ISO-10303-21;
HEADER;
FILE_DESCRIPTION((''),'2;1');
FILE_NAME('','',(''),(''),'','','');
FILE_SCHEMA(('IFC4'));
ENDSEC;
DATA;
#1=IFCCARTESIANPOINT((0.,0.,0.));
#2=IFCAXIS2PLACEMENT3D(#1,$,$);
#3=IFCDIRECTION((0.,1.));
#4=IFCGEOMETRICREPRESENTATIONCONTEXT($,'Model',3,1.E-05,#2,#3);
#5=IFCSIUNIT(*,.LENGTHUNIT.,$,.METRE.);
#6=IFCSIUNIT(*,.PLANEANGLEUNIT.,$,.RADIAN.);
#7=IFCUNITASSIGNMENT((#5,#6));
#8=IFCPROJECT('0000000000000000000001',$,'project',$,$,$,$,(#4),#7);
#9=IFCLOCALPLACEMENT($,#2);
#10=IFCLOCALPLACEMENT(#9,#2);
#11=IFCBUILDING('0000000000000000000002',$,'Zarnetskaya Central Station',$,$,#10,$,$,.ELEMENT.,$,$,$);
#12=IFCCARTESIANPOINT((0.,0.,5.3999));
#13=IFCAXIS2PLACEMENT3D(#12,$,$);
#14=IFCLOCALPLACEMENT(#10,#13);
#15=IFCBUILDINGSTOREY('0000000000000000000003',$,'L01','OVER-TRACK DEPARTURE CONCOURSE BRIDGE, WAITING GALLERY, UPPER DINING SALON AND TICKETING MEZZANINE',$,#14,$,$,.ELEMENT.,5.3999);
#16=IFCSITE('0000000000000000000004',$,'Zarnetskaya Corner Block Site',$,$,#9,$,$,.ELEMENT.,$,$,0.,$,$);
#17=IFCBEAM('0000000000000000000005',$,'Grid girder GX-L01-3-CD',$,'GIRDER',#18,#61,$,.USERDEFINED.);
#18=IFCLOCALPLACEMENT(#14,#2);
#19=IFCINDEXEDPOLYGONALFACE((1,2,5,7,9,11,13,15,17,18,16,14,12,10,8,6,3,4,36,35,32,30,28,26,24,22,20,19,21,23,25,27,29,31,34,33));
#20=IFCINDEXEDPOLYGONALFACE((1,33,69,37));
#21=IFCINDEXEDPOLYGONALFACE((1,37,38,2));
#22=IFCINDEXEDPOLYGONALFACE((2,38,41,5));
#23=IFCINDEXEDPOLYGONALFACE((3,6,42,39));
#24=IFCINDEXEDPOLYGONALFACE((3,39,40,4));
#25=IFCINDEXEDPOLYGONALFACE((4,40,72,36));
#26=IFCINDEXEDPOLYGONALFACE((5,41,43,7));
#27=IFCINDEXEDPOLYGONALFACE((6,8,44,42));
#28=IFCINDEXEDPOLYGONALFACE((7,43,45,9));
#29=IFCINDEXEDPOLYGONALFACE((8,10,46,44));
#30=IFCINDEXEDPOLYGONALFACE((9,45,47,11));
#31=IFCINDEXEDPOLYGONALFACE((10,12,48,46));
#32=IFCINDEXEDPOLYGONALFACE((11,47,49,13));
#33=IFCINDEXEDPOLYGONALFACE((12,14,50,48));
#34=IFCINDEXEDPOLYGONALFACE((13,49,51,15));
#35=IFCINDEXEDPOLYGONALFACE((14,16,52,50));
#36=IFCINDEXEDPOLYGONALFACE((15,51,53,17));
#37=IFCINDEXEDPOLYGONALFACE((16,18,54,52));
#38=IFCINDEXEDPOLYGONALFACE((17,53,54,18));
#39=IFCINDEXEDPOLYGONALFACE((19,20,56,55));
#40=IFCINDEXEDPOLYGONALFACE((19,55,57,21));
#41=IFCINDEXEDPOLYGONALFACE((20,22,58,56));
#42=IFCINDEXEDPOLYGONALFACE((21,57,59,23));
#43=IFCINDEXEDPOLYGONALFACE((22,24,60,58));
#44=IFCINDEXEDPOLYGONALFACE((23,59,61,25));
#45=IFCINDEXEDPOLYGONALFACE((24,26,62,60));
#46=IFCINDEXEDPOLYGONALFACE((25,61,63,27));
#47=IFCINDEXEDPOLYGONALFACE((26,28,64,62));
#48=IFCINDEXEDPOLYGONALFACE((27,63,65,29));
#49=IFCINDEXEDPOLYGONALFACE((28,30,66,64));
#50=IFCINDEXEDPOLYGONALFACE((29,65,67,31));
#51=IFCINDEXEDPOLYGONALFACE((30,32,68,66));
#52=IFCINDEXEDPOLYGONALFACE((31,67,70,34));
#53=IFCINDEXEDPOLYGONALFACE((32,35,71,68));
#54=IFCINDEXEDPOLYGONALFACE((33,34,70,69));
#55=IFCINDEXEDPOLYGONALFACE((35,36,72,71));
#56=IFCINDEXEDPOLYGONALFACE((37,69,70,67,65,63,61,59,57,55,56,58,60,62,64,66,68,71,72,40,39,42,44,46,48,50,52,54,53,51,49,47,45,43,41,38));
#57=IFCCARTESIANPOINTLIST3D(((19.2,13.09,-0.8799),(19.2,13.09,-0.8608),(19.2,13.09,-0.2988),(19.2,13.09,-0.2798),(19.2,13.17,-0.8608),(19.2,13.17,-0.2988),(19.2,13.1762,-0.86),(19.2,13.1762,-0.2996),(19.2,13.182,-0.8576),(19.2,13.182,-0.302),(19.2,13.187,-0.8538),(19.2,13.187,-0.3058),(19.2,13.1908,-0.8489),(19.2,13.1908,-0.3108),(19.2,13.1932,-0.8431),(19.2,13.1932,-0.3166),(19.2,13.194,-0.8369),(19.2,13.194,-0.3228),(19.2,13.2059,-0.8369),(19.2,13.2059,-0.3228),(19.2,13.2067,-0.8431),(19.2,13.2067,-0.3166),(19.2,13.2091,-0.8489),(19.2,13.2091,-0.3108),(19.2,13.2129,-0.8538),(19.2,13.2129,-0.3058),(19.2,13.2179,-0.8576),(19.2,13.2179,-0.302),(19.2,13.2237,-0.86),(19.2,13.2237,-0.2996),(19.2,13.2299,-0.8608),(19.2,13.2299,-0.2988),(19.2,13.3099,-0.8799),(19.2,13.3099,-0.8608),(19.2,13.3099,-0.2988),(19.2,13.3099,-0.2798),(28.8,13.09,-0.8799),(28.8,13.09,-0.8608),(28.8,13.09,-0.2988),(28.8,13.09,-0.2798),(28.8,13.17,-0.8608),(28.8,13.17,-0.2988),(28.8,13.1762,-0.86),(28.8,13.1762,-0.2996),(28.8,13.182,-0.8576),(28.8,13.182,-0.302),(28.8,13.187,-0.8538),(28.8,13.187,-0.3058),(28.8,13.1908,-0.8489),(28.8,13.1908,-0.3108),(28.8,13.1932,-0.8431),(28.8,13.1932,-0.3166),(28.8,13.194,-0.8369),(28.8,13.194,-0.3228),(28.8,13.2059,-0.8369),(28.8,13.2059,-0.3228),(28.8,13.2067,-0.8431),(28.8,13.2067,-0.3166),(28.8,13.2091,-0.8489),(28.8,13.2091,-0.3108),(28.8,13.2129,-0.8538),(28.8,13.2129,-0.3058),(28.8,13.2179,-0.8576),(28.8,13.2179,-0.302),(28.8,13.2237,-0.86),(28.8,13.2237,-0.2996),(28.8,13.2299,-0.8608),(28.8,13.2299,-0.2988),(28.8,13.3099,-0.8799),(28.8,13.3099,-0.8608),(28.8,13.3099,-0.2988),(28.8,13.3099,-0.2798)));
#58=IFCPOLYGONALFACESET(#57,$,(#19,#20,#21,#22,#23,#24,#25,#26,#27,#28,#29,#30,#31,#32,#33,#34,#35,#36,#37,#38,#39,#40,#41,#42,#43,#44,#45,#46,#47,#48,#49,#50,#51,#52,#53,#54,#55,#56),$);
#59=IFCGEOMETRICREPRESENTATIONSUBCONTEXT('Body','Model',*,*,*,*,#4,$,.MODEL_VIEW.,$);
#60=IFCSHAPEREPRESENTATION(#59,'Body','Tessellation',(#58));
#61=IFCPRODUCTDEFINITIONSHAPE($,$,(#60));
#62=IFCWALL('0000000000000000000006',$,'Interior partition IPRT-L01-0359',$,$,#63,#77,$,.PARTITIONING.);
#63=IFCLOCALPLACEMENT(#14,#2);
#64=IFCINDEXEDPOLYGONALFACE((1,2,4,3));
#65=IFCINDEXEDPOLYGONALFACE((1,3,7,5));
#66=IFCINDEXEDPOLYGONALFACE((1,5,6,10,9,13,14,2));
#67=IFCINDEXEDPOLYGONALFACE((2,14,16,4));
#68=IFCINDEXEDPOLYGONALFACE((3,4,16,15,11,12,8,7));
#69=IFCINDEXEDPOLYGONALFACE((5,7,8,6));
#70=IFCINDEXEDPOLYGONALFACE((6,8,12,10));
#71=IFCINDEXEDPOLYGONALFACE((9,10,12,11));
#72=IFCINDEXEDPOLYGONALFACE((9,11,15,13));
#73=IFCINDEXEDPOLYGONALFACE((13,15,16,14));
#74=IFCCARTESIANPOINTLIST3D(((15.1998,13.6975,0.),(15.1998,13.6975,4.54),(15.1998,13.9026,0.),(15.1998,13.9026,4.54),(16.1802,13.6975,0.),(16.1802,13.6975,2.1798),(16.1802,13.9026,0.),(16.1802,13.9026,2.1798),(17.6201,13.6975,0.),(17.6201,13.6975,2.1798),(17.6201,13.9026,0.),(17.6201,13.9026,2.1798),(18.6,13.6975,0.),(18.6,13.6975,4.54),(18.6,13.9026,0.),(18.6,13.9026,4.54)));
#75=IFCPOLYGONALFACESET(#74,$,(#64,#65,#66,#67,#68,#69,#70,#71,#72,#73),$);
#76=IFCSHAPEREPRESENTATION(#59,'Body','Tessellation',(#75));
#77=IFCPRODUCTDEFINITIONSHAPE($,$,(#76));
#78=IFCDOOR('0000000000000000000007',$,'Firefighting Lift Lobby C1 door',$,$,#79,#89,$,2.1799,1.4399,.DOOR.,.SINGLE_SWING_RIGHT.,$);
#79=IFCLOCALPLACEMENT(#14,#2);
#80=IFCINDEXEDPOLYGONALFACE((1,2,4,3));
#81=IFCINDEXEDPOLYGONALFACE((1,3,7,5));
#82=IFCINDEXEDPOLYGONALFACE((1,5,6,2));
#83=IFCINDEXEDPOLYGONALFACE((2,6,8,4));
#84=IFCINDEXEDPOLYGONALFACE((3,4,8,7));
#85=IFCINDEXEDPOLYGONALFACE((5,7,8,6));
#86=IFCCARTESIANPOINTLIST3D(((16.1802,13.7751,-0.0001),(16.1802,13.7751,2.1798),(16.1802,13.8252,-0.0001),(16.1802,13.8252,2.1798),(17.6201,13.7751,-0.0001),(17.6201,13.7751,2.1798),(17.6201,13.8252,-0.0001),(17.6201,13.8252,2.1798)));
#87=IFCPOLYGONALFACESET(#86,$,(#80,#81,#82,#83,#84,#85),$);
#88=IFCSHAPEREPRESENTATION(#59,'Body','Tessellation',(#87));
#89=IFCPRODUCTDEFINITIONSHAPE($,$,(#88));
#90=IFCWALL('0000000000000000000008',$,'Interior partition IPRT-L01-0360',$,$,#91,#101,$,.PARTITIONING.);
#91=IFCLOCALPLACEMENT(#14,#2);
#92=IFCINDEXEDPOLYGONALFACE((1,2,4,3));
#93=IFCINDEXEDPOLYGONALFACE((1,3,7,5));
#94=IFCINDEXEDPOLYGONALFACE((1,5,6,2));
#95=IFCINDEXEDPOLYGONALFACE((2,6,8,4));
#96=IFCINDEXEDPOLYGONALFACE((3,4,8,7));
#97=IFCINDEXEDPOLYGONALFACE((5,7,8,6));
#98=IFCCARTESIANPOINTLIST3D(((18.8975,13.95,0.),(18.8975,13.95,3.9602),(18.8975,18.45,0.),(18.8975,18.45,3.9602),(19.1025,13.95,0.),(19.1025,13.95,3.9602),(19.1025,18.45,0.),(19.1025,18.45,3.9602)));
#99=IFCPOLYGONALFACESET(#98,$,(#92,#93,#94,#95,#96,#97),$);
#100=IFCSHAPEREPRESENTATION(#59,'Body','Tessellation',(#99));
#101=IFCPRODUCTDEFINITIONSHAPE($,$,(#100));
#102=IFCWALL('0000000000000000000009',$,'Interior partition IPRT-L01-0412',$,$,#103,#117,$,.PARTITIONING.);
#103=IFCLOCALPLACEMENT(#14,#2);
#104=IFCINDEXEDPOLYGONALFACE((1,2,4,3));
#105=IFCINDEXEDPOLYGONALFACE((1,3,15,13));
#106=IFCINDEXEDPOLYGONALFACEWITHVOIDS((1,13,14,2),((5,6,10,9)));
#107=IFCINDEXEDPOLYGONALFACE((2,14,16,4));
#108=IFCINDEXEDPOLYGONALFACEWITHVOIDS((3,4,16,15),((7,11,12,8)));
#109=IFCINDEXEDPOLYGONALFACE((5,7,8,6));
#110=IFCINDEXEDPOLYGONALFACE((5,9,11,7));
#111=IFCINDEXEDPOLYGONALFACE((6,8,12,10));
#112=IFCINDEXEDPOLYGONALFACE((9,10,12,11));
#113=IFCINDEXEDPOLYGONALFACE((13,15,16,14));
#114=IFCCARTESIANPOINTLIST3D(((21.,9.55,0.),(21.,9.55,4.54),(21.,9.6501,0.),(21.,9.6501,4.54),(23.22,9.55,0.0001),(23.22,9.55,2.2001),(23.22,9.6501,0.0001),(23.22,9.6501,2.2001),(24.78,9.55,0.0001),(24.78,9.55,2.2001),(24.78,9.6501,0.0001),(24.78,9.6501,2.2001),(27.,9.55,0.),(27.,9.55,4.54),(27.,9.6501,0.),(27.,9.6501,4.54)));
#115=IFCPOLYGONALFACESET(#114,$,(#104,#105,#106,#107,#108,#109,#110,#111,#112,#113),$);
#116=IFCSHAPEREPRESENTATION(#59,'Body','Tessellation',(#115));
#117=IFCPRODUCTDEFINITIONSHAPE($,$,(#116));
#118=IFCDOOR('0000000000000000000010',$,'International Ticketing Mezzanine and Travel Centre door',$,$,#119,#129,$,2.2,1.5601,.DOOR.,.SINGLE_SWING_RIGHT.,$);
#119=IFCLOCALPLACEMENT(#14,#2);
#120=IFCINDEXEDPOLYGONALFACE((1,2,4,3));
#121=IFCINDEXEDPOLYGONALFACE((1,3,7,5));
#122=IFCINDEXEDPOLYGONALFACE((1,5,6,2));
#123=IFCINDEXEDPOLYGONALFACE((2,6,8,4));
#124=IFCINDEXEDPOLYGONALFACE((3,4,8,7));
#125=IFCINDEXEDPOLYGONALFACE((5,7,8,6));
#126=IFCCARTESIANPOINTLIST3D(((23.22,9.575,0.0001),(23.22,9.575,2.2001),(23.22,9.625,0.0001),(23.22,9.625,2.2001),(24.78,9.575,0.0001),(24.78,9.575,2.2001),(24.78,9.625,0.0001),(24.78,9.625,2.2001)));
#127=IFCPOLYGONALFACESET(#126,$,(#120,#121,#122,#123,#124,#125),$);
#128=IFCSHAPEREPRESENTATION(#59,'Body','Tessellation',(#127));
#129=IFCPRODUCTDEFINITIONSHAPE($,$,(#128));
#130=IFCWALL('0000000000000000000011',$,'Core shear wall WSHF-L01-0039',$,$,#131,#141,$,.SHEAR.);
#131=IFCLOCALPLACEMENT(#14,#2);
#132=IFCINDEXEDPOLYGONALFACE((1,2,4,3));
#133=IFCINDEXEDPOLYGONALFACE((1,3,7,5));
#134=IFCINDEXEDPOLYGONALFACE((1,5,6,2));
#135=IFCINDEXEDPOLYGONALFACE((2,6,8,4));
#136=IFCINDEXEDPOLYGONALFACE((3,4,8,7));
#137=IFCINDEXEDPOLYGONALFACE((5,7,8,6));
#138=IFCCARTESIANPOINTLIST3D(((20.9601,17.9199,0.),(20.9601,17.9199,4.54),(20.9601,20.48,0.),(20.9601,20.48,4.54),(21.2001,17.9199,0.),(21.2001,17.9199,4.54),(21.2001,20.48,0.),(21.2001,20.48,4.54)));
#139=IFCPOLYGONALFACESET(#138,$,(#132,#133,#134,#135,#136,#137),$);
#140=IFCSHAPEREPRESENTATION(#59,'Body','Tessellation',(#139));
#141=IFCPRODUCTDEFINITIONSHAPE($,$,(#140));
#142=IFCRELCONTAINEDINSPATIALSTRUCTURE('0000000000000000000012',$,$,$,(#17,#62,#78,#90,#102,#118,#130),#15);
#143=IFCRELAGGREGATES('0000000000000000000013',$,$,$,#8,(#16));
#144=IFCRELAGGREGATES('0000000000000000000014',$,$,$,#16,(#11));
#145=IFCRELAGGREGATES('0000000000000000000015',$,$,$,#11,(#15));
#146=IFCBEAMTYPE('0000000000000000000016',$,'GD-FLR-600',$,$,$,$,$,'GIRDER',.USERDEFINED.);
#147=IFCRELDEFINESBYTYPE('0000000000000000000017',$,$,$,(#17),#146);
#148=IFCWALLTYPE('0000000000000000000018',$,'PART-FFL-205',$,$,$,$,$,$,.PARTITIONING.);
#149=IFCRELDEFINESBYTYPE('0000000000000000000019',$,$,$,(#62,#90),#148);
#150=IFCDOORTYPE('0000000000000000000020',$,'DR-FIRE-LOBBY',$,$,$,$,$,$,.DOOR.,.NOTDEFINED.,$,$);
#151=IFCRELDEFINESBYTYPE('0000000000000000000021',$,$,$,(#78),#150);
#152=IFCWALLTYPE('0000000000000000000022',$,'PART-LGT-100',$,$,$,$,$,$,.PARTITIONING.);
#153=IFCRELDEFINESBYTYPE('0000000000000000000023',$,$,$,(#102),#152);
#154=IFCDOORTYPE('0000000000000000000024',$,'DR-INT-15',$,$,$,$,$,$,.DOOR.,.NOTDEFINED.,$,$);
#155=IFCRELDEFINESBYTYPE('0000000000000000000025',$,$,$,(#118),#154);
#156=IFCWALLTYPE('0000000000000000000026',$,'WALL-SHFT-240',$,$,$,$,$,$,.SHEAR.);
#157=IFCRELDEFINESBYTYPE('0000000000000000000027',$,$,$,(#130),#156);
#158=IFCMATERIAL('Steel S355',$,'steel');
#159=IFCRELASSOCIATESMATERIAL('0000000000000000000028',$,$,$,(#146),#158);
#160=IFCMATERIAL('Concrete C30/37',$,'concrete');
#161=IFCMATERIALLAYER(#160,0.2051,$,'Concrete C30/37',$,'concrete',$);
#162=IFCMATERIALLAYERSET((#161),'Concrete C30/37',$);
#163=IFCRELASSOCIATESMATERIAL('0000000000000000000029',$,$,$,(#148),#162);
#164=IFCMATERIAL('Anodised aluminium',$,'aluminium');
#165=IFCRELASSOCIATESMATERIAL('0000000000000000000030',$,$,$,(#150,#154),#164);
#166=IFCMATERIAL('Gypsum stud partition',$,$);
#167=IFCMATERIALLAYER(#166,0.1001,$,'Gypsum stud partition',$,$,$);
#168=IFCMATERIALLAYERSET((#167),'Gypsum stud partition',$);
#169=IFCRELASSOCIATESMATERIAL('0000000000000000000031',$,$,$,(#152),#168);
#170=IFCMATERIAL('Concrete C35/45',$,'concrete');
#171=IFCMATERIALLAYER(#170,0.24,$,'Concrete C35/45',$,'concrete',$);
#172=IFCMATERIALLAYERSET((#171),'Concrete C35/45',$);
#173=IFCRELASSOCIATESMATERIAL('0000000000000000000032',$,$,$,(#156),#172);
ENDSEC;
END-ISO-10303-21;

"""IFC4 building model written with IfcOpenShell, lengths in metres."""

from ifc_helpers import new_model, si_unit, direction, frame, frame_2d, origin, origin_2d, place, context, subcontext, project, spatial, rectangle, i_section, extrude, material, layer, layer_set, material_profile, profile_set, type_object, element, fill, save


model = new_model("IFC4")

# Units and contexts
model_context = context("Model", 3, precision=1e-05, world=origin(), true_north=direction((0.0, 1.0)))
body_context = subcontext(model_context, "Body", "Model", "MODEL_VIEW")
ifc_project = project(units=[si_unit("LENGTHUNIT", "METRE"), si_unit("PLANEANGLEUNIT", "RADIAN")], contexts=[model_context])

# Site, building, storey
site_placement = place(None, origin())
site = spatial("IfcSite", under=ifc_project, at=site_placement, Name="Zarnetskaya Corner Block Site", CompositionType="ELEMENT", RefElevation=0.0)
building_placement = place(site_placement, origin())
building = spatial("IfcBuilding", under=site, at=building_placement, Name="Zarnetskaya Central Station", CompositionType="ELEMENT")
storey_placement = place(building_placement, frame((0.0, 0.0, 5.3999)))
storey = spatial("IfcBuildingStorey", under=building, at=storey_placement, Name="L01", Description="OVER-TRACK DEPARTURE CONCOURSE BRIDGE, WAITING GALLERY, UPPER DINING SALON AND TICKETING MEZZANINE", CompositionType="ELEMENT", Elevation=5.3999)

# Shared definitions
ifc_material_1 = material(Name="Concrete C35/45", Category="concrete")
ifc_material_2 = material(Name="Steel S355", Category="steel")

# Beam
ifc_material_profile_1 = material_profile(ifc_material_2, i_section(OverallWidth=0.22, OverallDepth=0.6001, WebThickness=0.012, FlangeThickness=0.019, FilletRadius=0.0239, at=origin_2d()), Name="IPE 600")
ifc_profile_set_1 = profile_set([ifc_material_profile_1], Name="Steel S355")
beam_type_1 = type_object("IfcBeamType", Name="GD-FLR-600", ElementType="GIRDER", PredefinedType="USERDEFINED", material=ifc_profile_set_1)
for number, where, z_axis, x_axis, name in (
    (1, (19.2, 13.2, -0.5798), (1.0, 0.0, 0.0), (0.0, 1.0, 0.0), "Grid girder GX-L01-3-CD"),
):
    element("IfcBeam", number, at=place(storey_placement, frame(where, z_axis=z_axis, x_axis=x_axis)), inside=storey, type_object=beam_type_1, Name=name, ObjectType="GIRDER", PredefinedType="USERDEFINED", context=body_context, shape_type="SweptSolid", body=[
        extrude(i_section(OverallWidth=0.22, OverallDepth=0.6001, WebThickness=0.012, FlangeThickness=0.019, FilletRadius=0.0239, at=origin_2d()), origin(), (0.0, 0.0, 1.0), 9.6001),
    ])

# Wall, opening, door
ifc_material_3 = material(Name="Concrete C30/37", Category="concrete")
ifc_layer_1 = layer(ifc_material_3, 0.2051, Name="Concrete C30/37", Category="concrete")
ifc_layer_set_1 = layer_set([ifc_layer_1], Name="Concrete C30/37")
wall_type_1 = type_object("IfcWallType", Name="PART-FFL-205", PredefinedType="PARTITIONING", material=ifc_layer_set_1)
wall_1_placement = place(storey_placement, frame((18.6001, 13.8, 0.0), z_axis=(0.0, 0.0, 1.0), x_axis=(-1.0, 0.0, 0.0)))
wall_1 = element("IfcWall", 2, at=wall_1_placement, inside=storey, type_object=wall_type_1, Name="Interior partition IPRT-L01-0359", PredefinedType="PARTITIONING", context=body_context, shape_type="SweptSolid", body=[
    extrude(rectangle(XDim=3.4001, YDim=0.2051, at=frame_2d((1.7002, 0.0))), origin(), (0.0, 0.0, 1.0), 4.54),
])
opening_1_placement = place(wall_1_placement, frame((0.98, 0.0, 0.0)))
opening_1 = element("IfcOpeningElement", 3, at=opening_1_placement, cuts=wall_1, PredefinedType="OPENING", context=body_context, shape_type="SweptSolid", body=[
    extrude(rectangle(XDim=1.4399, YDim=2.1799, at=frame_2d((0.72, 1.0898))), frame((0.0, 0.1125, 0.0), z_axis=(0.0, -1.0, 0.0), x_axis=(1.0, 0.0, 0.0)), (0.0, 0.0, 1.0), 0.2251),
])
ifc_material_4 = material(Name="Anodised aluminium", Category="aluminium")
door_type_1 = type_object("IfcDoorType", Name="DR-FIRE-LOBBY", OperationType="NOTDEFINED", PredefinedType="DOOR", material=ifc_material_4)
door_1_placement = place(opening_1_placement, origin())
door_1 = element("IfcDoor", 4, at=door_1_placement, inside=storey, type_object=door_type_1, Name="Firefighting Lift Lobby C1 door", OperationType="SINGLE_SWING_RIGHT", OverallHeight=2.1799, OverallWidth=1.4399, PredefinedType="DOOR", context=body_context, shape_type="SweptSolid", body=[
    extrude(rectangle(XDim=1.4399, YDim=2.1799, at=frame_2d((0.72, 1.0898))), frame((0.0, 0.0249, 0.0), z_axis=(0.0, -1.0, 0.0), x_axis=(1.0, 0.0, 0.0)), (0.0, 0.0, 1.0), 0.05),
])
fill(opening_1, door_1)

# Wall
wall_2_placement = place(storey_placement, frame((19.0, 18.45, 0.0), z_axis=(0.0, 0.0, 1.0), x_axis=(0.0, -1.0, 0.0)))
element("IfcWall", 5, at=wall_2_placement, inside=storey, type_object=wall_type_1, Name="Interior partition IPRT-L01-0360", PredefinedType="PARTITIONING", context=body_context, shape_type="SweptSolid", body=[
    extrude(rectangle(XDim=4.5, YDim=0.2051, at=frame_2d((2.25, 0.0))), origin(), (0.0, 0.0, 1.0), 3.9602),
])

# Wall, opening, door
ifc_material_5 = material(Name="Gypsum stud partition")
ifc_layer_2 = layer(ifc_material_5, 0.1001, Name="Gypsum stud partition")
ifc_layer_set_2 = layer_set([ifc_layer_2], Name="Gypsum stud partition")
wall_type_2 = type_object("IfcWallType", Name="PART-LGT-100", PredefinedType="PARTITIONING", material=ifc_layer_set_2)
wall_3_placement = place(storey_placement, frame((21.0, 9.6001, 0.0), z_axis=(0.0, 0.0, 1.0), x_axis=(1.0, 0.0, 0.0)))
wall_3 = element("IfcWall", 6, at=wall_3_placement, inside=storey, type_object=wall_type_2, Name="Interior partition IPRT-L01-0412", PredefinedType="PARTITIONING", context=body_context, shape_type="SweptSolid", body=[
    extrude(rectangle(XDim=6.0, YDim=0.1001, at=frame_2d((3.0, 0.0))), origin(), (0.0, 0.0, 1.0), 4.54),
])
opening_2_placement = place(wall_3_placement, frame((2.22, 0.0, 0.0)))
opening_2 = element("IfcOpeningElement", 7, at=opening_2_placement, cuts=wall_3, PredefinedType="OPENING", context=body_context, shape_type="SweptSolid", body=[
    extrude(rectangle(XDim=1.5601, YDim=2.2, at=frame_2d((0.78, 1.1001))), frame((0.0, 0.0601, 0.0), z_axis=(0.0, -1.0, 0.0), x_axis=(1.0, 0.0, 0.0)), (0.0, 0.0, 1.0), 0.1201),
])
door_type_2 = type_object("IfcDoorType", Name="DR-INT-15", OperationType="NOTDEFINED", PredefinedType="DOOR", material=ifc_material_4)
door_2_placement = place(opening_2_placement, origin())
door_2 = element("IfcDoor", 8, at=door_2_placement, inside=storey, type_object=door_type_2, Name="International Ticketing Mezzanine and Travel Centre door", OperationType="SINGLE_SWING_RIGHT", OverallHeight=2.2, OverallWidth=1.5601, PredefinedType="DOOR", context=body_context, shape_type="SweptSolid", body=[
    extrude(rectangle(XDim=1.5601, YDim=2.2, at=frame_2d((0.78, 1.1001))), frame((0.0, 0.0249, 0.0), z_axis=(0.0, -1.0, 0.0), x_axis=(1.0, 0.0, 0.0)), (0.0, 0.0, 1.0), 0.05),
])
fill(opening_2, door_2)
ifc_layer_3 = layer(ifc_material_1, 0.24, Name="Concrete C35/45", Category="concrete")
ifc_layer_set_3 = layer_set([ifc_layer_3], Name="Concrete C35/45")
wall_type_3 = type_object("IfcWallType", Name="WALL-SHFT-240", PredefinedType="SHEAR", material=ifc_layer_set_3)

# Wall
wall_4_placement = place(storey_placement, frame((21.0801, 17.9199, 0.0), z_axis=(0.0, 0.0, 1.0), x_axis=(0.0, 1.0, 0.0)))
element("IfcWall", 9, at=wall_4_placement, inside=storey, type_object=wall_type_3, Name="Core shear wall WSHF-L01-0039", PredefinedType="SHEAR", context=body_context, shape_type="SweptSolid", body=[
    extrude(rectangle(XDim=2.5601, YDim=0.24, at=frame_2d((1.28, 0.0))), origin(), (0.0, 0.0, 1.0), 4.54),
])

save(model, "model.ifc")
